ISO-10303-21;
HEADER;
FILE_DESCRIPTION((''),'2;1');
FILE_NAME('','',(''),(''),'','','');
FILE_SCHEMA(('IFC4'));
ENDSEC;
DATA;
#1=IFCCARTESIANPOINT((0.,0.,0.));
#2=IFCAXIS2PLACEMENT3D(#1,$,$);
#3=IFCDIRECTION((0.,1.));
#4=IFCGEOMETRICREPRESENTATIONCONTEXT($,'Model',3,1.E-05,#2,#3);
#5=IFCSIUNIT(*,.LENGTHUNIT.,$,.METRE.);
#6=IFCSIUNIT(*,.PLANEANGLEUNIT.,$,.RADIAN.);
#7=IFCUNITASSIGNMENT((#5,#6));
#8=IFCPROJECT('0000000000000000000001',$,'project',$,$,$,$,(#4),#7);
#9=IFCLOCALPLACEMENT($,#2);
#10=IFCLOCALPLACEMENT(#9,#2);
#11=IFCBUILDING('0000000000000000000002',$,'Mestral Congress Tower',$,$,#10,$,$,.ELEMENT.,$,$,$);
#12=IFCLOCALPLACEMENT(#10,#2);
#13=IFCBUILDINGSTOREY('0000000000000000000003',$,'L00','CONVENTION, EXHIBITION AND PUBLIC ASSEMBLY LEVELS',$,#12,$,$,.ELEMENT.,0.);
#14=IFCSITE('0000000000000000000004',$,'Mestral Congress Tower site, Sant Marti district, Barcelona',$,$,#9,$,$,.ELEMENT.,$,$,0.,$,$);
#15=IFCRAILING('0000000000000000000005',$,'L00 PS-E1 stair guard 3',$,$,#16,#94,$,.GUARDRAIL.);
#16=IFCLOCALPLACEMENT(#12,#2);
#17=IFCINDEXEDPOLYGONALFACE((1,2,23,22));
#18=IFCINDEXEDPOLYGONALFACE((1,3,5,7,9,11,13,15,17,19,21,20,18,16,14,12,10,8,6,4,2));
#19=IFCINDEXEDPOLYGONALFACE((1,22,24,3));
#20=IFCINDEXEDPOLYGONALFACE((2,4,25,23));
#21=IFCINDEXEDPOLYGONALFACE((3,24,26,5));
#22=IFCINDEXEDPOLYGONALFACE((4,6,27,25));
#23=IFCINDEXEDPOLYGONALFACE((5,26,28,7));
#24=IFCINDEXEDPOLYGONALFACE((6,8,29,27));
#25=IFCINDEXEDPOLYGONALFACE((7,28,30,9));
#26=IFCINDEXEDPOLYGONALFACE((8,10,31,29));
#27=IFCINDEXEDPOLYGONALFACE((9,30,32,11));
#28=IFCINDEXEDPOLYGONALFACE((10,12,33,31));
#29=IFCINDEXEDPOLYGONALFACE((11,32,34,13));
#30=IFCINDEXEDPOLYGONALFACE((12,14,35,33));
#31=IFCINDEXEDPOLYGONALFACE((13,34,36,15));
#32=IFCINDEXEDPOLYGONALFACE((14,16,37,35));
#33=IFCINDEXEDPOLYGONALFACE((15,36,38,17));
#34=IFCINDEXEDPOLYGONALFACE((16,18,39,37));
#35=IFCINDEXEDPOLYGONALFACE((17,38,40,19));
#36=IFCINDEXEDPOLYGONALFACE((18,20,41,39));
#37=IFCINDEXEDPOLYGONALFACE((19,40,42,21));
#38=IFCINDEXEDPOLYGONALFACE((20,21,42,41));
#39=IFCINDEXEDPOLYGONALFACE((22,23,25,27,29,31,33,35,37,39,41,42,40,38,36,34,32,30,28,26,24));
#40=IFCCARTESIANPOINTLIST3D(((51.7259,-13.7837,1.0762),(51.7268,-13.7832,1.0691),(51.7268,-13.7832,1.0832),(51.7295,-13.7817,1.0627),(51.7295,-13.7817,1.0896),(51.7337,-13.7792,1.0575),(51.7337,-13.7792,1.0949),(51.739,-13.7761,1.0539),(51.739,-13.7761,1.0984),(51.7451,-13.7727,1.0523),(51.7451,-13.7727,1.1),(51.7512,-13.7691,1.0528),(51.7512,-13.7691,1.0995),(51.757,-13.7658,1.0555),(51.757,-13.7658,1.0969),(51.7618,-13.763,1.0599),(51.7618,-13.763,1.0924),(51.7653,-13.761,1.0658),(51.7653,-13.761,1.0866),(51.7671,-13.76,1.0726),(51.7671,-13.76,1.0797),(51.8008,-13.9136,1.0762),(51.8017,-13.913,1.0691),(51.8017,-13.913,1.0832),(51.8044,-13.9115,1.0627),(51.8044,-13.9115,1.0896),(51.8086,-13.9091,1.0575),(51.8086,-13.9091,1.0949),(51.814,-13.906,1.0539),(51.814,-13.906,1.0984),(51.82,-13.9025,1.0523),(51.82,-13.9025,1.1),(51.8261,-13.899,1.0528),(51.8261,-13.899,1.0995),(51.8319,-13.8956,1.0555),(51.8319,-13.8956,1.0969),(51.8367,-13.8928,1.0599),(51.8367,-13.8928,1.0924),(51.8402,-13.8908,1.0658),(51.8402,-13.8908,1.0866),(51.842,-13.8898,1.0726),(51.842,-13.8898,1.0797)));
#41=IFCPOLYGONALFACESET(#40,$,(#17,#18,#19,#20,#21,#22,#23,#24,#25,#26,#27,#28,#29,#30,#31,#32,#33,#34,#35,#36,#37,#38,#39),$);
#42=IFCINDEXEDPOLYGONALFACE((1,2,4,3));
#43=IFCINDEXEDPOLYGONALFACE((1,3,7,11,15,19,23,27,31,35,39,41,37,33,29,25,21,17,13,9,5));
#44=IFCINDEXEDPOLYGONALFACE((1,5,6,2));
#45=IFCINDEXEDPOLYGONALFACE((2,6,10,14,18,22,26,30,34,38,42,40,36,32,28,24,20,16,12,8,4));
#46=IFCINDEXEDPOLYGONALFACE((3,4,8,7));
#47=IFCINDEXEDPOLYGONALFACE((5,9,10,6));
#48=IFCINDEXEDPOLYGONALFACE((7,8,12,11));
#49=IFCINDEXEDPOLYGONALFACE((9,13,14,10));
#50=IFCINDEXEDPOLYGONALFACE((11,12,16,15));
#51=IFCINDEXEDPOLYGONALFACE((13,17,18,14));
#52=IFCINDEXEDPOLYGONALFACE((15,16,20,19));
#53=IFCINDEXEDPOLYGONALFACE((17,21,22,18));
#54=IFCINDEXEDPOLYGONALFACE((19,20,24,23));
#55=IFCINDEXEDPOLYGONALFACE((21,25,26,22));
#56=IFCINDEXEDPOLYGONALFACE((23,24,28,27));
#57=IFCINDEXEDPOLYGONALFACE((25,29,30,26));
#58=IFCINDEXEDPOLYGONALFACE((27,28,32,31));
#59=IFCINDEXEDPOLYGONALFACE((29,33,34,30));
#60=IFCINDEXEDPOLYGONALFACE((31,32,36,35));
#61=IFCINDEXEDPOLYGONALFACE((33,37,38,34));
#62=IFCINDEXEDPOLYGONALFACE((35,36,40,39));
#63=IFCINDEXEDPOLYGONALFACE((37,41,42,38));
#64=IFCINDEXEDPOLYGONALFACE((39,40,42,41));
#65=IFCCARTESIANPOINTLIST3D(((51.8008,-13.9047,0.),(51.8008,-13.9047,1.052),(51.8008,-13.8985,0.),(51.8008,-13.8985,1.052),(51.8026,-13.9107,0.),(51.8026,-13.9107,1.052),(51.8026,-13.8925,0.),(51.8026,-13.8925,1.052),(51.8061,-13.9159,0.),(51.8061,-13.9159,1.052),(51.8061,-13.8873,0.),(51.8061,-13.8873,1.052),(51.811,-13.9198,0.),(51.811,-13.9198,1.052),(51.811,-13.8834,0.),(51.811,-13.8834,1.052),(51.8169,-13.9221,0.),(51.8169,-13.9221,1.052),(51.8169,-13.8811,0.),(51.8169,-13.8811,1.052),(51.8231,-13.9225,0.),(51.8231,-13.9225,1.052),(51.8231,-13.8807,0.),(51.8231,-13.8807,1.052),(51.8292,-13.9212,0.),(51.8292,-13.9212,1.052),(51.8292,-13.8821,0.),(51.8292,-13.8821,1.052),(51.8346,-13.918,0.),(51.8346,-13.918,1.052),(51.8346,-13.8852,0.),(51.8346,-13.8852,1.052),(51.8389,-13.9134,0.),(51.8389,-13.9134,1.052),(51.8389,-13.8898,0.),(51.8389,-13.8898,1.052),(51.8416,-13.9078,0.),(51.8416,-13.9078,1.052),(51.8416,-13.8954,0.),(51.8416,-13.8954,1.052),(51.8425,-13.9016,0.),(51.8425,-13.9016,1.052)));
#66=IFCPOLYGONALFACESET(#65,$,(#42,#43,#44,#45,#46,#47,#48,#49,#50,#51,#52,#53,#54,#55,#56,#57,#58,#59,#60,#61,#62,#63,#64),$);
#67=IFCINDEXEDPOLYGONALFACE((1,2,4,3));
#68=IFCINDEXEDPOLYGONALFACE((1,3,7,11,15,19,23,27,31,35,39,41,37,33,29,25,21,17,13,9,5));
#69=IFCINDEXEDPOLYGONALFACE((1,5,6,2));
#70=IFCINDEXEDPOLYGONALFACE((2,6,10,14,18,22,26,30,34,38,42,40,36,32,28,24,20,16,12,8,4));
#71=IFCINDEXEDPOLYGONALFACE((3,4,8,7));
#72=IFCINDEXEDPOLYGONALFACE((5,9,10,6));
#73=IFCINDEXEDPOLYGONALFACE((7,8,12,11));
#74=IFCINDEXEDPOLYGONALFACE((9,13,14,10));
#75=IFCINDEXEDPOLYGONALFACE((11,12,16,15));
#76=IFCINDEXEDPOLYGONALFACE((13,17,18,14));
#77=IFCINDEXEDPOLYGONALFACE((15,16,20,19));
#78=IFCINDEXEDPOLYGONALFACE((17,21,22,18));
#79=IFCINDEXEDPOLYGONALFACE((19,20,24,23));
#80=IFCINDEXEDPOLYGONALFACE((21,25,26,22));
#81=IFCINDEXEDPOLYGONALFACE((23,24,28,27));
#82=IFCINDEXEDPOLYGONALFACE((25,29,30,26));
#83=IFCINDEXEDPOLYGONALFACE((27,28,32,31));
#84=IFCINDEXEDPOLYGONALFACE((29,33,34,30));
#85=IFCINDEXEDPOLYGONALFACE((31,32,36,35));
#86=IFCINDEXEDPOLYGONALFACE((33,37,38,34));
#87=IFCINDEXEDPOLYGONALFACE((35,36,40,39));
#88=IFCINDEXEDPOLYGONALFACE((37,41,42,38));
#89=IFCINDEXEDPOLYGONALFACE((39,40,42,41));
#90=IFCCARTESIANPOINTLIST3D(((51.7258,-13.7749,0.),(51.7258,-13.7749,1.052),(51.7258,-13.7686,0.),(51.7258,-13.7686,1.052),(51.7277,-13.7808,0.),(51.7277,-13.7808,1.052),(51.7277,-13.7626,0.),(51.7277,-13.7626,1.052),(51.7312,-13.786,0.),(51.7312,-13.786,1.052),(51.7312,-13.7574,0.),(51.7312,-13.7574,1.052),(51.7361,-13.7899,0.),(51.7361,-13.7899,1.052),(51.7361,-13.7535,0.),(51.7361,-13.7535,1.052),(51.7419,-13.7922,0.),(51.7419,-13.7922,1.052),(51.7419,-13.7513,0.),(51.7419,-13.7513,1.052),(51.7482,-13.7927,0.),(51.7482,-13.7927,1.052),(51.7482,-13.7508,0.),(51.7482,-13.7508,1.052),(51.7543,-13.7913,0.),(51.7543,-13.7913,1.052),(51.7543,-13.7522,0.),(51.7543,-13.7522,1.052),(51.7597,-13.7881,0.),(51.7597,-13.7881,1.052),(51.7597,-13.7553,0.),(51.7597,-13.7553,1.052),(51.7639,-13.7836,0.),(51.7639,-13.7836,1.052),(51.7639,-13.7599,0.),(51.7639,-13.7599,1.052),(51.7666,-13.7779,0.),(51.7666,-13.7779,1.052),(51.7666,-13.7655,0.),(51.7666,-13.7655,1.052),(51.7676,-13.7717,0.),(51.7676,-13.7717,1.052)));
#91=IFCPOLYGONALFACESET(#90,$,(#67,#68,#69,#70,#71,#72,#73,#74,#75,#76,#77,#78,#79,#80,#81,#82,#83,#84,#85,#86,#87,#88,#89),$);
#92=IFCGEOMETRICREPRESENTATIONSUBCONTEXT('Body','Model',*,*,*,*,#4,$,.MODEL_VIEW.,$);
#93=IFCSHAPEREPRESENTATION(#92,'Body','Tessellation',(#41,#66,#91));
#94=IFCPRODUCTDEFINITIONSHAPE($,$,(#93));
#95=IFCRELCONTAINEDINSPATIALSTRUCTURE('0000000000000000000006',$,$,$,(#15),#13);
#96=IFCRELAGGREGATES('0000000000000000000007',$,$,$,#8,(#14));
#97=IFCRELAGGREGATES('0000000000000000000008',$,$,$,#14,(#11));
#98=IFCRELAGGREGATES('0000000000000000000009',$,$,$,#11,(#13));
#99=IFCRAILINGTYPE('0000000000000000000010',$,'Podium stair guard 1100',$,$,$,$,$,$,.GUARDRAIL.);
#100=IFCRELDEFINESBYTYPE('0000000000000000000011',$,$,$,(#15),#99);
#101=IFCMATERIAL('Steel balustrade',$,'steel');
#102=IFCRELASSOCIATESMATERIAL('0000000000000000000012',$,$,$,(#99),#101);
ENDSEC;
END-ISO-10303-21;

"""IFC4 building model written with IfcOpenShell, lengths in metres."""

from ifc_helpers import new_model, si_unit, direction, frame, origin, origin_2d, place, context, subcontext, project, spatial, circle, extrude, material, type_object, element, save


model = new_model("IFC4")

# Units and contexts
model_context = context("Model", 3, precision=1e-05, world=origin(), true_north=direction((0.0, 1.0)))
body_context = subcontext(model_context, "Body", "Model", "MODEL_VIEW")
ifc_project = project(units=[si_unit("LENGTHUNIT", "METRE"), si_unit("PLANEANGLEUNIT", "RADIAN")], contexts=[model_context])

# Site, building, storey
site_placement = place(None, origin())
site = spatial("IfcSite", under=ifc_project, at=site_placement, Name="Mestral Congress Tower site, Sant Marti district, Barcelona", CompositionType="ELEMENT", RefElevation=0.0)
building_placement = place(site_placement, origin())
building = spatial("IfcBuilding", under=site, at=building_placement, Name="Mestral Congress Tower", CompositionType="ELEMENT")
storey_placement = place(building_placement, origin())
storey = spatial("IfcBuildingStorey", under=building, at=storey_placement, Name="L00", Description="CONVENTION, EXHIBITION AND PUBLIC ASSEMBLY LEVELS", CompositionType="ELEMENT", Elevation=0.0)

# Railing
ifc_material_1 = material(Name="Steel balustrade", Category="steel")
railing_type_1 = type_object("IfcRailingType", Name="Podium stair guard 1100", PredefinedType="GUARDRAIL", material=ifc_material_1)
railing_1_placement = place(storey_placement, frame((51.8215, -13.9016, 0.0)))
element("IfcRailing", 1, at=railing_1_placement, inside=storey, type_object=railing_type_1, Name="L00 PS-E1 stair guard 3", PredefinedType="GUARDRAIL", context=body_context, shape_type="SweptSolid", body=[
    extrude(circle(Radius=0.0239, at=origin_2d()), frame((0.0, 0.0, 1.0762), z_axis=(-0.499816, 0.866131, 0.0), x_axis=(-0.866131, -0.499816, 0.0)), (0.0, 0.0, 1.0), 0.1499),
    extrude(circle(Radius=0.021, at=origin_2d()), origin(), (0.0, 0.0, 1.0), 1.052),
    extrude(circle(Radius=0.021, at=origin_2d()), frame((-0.075, 0.1299, 0.0)), (0.0, 0.0, 1.0), 1.052),
])

save(model, "model.ifc")
